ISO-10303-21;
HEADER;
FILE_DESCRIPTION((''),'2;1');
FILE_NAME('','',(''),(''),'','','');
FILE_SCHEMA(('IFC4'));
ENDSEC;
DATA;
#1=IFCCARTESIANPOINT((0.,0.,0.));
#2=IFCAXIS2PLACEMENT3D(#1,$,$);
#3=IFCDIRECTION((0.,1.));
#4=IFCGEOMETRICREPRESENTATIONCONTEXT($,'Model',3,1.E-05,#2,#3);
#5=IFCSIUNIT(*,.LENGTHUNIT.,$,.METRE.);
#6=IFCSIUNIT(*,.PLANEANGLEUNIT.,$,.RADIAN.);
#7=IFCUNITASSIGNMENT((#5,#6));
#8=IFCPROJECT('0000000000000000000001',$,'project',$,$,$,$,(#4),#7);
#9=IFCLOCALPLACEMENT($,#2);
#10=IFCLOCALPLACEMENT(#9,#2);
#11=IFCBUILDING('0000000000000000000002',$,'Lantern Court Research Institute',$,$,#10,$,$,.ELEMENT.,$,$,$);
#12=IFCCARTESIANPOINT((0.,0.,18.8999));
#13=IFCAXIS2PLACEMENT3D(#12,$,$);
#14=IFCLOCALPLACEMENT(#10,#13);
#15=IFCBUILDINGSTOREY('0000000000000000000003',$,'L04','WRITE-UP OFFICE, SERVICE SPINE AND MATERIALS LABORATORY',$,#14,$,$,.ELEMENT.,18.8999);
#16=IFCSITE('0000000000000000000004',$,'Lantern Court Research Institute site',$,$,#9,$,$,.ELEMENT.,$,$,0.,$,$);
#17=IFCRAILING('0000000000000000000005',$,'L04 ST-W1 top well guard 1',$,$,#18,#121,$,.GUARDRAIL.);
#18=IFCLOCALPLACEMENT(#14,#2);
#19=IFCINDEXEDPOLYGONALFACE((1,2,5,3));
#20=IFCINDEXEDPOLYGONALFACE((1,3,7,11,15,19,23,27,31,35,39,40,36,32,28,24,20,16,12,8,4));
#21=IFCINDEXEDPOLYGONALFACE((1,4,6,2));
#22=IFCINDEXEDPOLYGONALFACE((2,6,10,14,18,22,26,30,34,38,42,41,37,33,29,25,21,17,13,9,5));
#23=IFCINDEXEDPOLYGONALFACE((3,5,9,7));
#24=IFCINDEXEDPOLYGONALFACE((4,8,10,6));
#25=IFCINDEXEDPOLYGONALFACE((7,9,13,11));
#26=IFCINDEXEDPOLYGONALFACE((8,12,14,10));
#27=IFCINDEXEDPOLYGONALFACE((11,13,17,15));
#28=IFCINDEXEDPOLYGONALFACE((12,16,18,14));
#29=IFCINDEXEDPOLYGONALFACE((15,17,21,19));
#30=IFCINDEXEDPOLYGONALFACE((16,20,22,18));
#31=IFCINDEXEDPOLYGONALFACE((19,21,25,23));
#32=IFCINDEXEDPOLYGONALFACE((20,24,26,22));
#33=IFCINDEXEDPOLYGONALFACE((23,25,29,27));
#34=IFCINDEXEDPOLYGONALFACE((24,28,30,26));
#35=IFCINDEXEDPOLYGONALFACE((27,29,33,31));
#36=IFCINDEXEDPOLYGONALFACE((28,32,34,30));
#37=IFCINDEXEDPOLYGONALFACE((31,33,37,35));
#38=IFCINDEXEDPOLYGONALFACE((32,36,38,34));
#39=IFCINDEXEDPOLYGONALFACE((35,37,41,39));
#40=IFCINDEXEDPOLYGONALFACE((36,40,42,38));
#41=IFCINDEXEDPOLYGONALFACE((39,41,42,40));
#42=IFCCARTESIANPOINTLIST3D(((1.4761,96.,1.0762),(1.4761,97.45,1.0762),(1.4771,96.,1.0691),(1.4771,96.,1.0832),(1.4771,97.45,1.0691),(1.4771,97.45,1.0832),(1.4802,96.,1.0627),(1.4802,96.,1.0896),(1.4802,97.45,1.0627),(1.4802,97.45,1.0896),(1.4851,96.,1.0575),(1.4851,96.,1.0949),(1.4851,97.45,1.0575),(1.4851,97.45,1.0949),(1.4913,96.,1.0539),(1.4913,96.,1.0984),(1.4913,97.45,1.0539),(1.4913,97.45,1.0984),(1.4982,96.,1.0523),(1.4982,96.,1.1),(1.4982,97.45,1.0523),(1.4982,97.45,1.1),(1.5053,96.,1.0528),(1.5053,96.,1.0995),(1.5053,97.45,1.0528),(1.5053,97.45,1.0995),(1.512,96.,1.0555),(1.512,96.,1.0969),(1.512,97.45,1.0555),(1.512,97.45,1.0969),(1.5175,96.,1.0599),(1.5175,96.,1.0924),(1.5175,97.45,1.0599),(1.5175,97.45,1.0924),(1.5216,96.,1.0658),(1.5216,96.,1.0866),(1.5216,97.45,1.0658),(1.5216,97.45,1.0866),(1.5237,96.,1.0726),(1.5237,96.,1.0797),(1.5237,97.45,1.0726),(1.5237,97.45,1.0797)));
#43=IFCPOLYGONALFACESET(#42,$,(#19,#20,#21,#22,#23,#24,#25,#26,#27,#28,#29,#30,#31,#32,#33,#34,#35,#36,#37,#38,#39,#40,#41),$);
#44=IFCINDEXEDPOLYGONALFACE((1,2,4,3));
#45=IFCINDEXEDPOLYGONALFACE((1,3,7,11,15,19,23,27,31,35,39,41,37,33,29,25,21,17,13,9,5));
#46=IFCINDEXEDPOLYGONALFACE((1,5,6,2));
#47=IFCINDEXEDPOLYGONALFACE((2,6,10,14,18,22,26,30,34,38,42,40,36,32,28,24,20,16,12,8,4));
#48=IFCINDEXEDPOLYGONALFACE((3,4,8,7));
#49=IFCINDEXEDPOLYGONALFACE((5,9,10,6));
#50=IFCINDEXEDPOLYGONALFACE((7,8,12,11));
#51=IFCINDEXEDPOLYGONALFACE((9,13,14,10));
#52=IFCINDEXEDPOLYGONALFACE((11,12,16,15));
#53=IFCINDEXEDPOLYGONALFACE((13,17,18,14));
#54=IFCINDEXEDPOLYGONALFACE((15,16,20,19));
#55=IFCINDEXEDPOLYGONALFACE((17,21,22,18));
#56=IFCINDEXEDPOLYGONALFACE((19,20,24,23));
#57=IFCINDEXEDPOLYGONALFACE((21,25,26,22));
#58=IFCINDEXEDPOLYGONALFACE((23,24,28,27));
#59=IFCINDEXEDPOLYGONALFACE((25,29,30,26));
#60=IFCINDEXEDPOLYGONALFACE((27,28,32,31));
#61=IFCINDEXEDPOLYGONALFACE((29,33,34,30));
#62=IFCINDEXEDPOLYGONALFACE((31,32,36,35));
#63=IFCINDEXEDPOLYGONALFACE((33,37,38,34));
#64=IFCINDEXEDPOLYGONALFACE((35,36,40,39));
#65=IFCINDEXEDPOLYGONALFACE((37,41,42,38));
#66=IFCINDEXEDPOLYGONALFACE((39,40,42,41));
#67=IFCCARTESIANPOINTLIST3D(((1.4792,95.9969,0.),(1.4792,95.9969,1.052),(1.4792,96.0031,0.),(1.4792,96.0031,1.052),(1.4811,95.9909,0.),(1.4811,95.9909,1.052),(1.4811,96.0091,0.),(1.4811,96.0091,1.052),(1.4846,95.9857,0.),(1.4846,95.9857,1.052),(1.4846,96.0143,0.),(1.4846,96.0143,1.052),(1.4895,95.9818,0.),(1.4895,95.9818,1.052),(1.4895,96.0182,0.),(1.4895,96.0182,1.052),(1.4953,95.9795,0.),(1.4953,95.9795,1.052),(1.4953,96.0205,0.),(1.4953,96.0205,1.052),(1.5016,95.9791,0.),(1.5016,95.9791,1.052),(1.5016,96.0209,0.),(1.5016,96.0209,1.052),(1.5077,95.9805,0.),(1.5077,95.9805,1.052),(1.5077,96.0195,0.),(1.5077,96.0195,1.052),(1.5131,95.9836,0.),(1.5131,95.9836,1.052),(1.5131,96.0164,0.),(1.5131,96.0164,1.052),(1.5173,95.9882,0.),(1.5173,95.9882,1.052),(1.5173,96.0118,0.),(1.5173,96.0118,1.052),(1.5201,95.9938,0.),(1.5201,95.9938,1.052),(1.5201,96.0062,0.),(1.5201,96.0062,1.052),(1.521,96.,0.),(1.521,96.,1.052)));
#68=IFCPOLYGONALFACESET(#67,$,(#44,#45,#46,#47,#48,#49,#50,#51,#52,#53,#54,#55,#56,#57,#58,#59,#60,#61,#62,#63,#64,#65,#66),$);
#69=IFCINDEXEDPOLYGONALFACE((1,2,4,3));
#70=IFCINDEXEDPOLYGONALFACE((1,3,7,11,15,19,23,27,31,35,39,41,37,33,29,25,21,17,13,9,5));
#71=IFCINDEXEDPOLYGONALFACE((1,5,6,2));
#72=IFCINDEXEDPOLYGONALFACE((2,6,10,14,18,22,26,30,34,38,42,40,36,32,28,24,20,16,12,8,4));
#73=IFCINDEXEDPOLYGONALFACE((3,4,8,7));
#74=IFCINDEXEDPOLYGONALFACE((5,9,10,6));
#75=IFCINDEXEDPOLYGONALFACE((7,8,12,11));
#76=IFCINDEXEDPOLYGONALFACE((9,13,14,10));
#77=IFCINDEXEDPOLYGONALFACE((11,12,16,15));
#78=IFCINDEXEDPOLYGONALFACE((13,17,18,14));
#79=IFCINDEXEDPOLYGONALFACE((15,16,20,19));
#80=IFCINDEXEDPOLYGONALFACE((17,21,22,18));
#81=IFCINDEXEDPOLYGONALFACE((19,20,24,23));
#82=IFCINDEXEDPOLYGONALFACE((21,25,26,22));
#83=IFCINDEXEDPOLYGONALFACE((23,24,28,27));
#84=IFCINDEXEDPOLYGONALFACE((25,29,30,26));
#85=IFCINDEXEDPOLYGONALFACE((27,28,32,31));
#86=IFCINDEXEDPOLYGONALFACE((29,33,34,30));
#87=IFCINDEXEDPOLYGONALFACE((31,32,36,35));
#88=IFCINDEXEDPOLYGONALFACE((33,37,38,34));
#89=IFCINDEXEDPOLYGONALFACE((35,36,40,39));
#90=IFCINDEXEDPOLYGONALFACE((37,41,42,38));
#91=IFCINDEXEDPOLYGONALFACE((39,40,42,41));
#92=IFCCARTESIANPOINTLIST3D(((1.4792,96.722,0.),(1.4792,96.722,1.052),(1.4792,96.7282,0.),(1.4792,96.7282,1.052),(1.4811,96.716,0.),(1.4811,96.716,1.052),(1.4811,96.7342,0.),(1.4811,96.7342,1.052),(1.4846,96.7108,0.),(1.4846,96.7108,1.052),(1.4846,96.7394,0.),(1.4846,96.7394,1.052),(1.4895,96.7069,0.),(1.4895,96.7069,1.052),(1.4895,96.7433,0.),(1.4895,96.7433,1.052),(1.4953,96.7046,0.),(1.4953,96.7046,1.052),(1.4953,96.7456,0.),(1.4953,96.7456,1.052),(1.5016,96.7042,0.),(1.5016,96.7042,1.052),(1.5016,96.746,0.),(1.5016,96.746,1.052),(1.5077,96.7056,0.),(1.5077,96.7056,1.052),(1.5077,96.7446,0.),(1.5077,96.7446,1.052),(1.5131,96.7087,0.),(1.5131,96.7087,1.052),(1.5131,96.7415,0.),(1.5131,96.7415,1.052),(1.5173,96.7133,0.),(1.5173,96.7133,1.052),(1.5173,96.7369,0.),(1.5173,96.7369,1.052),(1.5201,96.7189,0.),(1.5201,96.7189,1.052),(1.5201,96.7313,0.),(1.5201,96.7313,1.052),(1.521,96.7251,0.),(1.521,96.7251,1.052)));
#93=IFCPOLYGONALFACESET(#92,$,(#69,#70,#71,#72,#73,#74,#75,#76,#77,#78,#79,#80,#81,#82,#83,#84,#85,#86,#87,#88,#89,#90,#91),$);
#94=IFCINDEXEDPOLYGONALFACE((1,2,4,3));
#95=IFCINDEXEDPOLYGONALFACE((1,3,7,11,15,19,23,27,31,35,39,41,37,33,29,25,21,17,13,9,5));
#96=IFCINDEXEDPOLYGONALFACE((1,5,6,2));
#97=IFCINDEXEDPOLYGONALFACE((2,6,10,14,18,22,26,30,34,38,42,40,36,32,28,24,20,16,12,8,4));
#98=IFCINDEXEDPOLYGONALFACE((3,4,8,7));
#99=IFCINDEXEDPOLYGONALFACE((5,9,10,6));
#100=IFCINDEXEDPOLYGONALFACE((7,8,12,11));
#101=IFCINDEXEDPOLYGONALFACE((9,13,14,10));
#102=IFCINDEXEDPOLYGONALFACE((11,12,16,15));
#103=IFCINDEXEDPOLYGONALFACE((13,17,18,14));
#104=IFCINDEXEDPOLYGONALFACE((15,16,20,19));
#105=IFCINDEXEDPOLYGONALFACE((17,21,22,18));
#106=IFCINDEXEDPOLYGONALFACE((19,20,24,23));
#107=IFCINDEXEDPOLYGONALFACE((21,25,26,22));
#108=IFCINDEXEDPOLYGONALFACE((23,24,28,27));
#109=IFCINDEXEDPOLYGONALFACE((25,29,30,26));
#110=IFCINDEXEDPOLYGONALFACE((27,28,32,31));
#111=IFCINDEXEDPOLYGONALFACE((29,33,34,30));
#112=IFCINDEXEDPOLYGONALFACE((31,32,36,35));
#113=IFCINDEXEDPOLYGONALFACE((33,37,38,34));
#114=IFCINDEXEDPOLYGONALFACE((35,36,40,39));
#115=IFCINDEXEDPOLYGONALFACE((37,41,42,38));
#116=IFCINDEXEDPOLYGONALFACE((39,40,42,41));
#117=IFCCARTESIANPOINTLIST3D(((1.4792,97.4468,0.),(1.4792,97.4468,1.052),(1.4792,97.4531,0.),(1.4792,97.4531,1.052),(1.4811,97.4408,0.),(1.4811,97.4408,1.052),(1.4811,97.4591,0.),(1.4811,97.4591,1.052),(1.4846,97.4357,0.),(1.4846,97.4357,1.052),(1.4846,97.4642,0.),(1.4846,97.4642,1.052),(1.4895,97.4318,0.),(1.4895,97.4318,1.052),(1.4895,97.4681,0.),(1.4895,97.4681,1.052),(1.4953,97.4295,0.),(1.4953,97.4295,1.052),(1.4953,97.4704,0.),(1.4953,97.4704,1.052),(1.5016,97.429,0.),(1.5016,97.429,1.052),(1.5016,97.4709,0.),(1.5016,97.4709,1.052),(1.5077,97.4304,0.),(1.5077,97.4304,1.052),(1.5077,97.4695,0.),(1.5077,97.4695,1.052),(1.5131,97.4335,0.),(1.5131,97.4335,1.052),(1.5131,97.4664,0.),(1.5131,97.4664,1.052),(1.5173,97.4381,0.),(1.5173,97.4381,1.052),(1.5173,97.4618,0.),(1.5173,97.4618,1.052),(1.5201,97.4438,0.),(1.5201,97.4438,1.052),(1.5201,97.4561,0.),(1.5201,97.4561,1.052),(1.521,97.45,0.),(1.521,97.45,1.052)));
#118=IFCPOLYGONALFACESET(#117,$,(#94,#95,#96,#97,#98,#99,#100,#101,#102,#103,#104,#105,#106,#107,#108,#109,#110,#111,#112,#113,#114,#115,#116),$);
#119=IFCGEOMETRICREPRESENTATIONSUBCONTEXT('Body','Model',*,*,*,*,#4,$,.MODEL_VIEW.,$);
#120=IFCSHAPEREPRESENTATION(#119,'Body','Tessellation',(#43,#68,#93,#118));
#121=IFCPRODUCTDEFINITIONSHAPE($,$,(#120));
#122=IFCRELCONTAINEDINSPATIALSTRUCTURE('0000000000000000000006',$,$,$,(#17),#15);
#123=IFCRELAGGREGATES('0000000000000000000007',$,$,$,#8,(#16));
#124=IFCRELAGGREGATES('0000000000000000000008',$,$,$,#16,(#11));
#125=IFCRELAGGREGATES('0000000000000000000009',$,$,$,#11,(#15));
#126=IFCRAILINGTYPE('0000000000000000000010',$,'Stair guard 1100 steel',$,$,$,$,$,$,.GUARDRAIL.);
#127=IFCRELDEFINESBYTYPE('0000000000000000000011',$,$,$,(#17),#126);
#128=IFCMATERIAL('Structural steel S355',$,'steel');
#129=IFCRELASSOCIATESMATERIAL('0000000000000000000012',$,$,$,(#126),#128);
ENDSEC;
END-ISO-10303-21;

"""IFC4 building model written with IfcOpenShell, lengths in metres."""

from ifc_helpers import new_model, si_unit, direction, frame, origin, origin_2d, place, context, subcontext, project, spatial, circle, extrude, material, type_object, element, save


model = new_model("IFC4")

# Units and contexts
model_context = context("Model", 3, precision=1e-05, world=origin(), true_north=direction((0.0, 1.0)))
body_context = subcontext(model_context, "Body", "Model", "MODEL_VIEW")
ifc_project = project(units=[si_unit("LENGTHUNIT", "METRE"), si_unit("PLANEANGLEUNIT", "RADIAN")], contexts=[model_context])

# Site, building, storey
site_placement = place(None, origin())
site = spatial("IfcSite", under=ifc_project, at=site_placement, Name="Lantern Court Research Institute site", CompositionType="ELEMENT", RefElevation=0.0)
building_placement = place(site_placement, origin())
building = spatial("IfcBuilding", under=site, at=building_placement, Name="Lantern Court Research Institute", CompositionType="ELEMENT")
storey_placement = place(building_placement, frame((0.0, 0.0, 18.8999)))
storey = spatial("IfcBuildingStorey", under=building, at=storey_placement, Name="L04", Description="WRITE-UP OFFICE, SERVICE SPINE AND MATERIALS LABORATORY", CompositionType="ELEMENT", Elevation=18.8999)

# Railing
ifc_material_1 = material(Name="Structural steel S355", Category="steel")
railing_type = type_object("IfcRailingType", Name="Stair guard 1100 steel", PredefinedType="GUARDRAIL", material=ifc_material_1)
railing_placement = place(storey_placement, frame((1.5, 96.0, 0.0)))
element("IfcRailing", 1, at=railing_placement, inside=storey, type_object=railing_type, Name="L04 ST-W1 top well guard 1", PredefinedType="GUARDRAIL", context=body_context, shape_type="SweptSolid", body=[
    extrude(circle(Radius=0.0239, at=origin_2d()), frame((0.0, 0.0, 1.0762), z_axis=(0.0, 1.0, 0.0), x_axis=(-1.0, 0.0, 0.0)), (0.0, 0.0, 1.0), 1.45),
    extrude(circle(Radius=0.021, at=origin_2d()), origin(), (0.0, 0.0, 1.0), 1.052),
    extrude(circle(Radius=0.021, at=origin_2d()), frame((0.0, 0.7251, 0.0)), (0.0, 0.0, 1.0), 1.052),
    extrude(circle(Radius=0.021, at=origin_2d()), frame((0.0, 1.45, 0.0)), (0.0, 0.0, 1.0), 1.052),
])

save(model, "model.ifc")
